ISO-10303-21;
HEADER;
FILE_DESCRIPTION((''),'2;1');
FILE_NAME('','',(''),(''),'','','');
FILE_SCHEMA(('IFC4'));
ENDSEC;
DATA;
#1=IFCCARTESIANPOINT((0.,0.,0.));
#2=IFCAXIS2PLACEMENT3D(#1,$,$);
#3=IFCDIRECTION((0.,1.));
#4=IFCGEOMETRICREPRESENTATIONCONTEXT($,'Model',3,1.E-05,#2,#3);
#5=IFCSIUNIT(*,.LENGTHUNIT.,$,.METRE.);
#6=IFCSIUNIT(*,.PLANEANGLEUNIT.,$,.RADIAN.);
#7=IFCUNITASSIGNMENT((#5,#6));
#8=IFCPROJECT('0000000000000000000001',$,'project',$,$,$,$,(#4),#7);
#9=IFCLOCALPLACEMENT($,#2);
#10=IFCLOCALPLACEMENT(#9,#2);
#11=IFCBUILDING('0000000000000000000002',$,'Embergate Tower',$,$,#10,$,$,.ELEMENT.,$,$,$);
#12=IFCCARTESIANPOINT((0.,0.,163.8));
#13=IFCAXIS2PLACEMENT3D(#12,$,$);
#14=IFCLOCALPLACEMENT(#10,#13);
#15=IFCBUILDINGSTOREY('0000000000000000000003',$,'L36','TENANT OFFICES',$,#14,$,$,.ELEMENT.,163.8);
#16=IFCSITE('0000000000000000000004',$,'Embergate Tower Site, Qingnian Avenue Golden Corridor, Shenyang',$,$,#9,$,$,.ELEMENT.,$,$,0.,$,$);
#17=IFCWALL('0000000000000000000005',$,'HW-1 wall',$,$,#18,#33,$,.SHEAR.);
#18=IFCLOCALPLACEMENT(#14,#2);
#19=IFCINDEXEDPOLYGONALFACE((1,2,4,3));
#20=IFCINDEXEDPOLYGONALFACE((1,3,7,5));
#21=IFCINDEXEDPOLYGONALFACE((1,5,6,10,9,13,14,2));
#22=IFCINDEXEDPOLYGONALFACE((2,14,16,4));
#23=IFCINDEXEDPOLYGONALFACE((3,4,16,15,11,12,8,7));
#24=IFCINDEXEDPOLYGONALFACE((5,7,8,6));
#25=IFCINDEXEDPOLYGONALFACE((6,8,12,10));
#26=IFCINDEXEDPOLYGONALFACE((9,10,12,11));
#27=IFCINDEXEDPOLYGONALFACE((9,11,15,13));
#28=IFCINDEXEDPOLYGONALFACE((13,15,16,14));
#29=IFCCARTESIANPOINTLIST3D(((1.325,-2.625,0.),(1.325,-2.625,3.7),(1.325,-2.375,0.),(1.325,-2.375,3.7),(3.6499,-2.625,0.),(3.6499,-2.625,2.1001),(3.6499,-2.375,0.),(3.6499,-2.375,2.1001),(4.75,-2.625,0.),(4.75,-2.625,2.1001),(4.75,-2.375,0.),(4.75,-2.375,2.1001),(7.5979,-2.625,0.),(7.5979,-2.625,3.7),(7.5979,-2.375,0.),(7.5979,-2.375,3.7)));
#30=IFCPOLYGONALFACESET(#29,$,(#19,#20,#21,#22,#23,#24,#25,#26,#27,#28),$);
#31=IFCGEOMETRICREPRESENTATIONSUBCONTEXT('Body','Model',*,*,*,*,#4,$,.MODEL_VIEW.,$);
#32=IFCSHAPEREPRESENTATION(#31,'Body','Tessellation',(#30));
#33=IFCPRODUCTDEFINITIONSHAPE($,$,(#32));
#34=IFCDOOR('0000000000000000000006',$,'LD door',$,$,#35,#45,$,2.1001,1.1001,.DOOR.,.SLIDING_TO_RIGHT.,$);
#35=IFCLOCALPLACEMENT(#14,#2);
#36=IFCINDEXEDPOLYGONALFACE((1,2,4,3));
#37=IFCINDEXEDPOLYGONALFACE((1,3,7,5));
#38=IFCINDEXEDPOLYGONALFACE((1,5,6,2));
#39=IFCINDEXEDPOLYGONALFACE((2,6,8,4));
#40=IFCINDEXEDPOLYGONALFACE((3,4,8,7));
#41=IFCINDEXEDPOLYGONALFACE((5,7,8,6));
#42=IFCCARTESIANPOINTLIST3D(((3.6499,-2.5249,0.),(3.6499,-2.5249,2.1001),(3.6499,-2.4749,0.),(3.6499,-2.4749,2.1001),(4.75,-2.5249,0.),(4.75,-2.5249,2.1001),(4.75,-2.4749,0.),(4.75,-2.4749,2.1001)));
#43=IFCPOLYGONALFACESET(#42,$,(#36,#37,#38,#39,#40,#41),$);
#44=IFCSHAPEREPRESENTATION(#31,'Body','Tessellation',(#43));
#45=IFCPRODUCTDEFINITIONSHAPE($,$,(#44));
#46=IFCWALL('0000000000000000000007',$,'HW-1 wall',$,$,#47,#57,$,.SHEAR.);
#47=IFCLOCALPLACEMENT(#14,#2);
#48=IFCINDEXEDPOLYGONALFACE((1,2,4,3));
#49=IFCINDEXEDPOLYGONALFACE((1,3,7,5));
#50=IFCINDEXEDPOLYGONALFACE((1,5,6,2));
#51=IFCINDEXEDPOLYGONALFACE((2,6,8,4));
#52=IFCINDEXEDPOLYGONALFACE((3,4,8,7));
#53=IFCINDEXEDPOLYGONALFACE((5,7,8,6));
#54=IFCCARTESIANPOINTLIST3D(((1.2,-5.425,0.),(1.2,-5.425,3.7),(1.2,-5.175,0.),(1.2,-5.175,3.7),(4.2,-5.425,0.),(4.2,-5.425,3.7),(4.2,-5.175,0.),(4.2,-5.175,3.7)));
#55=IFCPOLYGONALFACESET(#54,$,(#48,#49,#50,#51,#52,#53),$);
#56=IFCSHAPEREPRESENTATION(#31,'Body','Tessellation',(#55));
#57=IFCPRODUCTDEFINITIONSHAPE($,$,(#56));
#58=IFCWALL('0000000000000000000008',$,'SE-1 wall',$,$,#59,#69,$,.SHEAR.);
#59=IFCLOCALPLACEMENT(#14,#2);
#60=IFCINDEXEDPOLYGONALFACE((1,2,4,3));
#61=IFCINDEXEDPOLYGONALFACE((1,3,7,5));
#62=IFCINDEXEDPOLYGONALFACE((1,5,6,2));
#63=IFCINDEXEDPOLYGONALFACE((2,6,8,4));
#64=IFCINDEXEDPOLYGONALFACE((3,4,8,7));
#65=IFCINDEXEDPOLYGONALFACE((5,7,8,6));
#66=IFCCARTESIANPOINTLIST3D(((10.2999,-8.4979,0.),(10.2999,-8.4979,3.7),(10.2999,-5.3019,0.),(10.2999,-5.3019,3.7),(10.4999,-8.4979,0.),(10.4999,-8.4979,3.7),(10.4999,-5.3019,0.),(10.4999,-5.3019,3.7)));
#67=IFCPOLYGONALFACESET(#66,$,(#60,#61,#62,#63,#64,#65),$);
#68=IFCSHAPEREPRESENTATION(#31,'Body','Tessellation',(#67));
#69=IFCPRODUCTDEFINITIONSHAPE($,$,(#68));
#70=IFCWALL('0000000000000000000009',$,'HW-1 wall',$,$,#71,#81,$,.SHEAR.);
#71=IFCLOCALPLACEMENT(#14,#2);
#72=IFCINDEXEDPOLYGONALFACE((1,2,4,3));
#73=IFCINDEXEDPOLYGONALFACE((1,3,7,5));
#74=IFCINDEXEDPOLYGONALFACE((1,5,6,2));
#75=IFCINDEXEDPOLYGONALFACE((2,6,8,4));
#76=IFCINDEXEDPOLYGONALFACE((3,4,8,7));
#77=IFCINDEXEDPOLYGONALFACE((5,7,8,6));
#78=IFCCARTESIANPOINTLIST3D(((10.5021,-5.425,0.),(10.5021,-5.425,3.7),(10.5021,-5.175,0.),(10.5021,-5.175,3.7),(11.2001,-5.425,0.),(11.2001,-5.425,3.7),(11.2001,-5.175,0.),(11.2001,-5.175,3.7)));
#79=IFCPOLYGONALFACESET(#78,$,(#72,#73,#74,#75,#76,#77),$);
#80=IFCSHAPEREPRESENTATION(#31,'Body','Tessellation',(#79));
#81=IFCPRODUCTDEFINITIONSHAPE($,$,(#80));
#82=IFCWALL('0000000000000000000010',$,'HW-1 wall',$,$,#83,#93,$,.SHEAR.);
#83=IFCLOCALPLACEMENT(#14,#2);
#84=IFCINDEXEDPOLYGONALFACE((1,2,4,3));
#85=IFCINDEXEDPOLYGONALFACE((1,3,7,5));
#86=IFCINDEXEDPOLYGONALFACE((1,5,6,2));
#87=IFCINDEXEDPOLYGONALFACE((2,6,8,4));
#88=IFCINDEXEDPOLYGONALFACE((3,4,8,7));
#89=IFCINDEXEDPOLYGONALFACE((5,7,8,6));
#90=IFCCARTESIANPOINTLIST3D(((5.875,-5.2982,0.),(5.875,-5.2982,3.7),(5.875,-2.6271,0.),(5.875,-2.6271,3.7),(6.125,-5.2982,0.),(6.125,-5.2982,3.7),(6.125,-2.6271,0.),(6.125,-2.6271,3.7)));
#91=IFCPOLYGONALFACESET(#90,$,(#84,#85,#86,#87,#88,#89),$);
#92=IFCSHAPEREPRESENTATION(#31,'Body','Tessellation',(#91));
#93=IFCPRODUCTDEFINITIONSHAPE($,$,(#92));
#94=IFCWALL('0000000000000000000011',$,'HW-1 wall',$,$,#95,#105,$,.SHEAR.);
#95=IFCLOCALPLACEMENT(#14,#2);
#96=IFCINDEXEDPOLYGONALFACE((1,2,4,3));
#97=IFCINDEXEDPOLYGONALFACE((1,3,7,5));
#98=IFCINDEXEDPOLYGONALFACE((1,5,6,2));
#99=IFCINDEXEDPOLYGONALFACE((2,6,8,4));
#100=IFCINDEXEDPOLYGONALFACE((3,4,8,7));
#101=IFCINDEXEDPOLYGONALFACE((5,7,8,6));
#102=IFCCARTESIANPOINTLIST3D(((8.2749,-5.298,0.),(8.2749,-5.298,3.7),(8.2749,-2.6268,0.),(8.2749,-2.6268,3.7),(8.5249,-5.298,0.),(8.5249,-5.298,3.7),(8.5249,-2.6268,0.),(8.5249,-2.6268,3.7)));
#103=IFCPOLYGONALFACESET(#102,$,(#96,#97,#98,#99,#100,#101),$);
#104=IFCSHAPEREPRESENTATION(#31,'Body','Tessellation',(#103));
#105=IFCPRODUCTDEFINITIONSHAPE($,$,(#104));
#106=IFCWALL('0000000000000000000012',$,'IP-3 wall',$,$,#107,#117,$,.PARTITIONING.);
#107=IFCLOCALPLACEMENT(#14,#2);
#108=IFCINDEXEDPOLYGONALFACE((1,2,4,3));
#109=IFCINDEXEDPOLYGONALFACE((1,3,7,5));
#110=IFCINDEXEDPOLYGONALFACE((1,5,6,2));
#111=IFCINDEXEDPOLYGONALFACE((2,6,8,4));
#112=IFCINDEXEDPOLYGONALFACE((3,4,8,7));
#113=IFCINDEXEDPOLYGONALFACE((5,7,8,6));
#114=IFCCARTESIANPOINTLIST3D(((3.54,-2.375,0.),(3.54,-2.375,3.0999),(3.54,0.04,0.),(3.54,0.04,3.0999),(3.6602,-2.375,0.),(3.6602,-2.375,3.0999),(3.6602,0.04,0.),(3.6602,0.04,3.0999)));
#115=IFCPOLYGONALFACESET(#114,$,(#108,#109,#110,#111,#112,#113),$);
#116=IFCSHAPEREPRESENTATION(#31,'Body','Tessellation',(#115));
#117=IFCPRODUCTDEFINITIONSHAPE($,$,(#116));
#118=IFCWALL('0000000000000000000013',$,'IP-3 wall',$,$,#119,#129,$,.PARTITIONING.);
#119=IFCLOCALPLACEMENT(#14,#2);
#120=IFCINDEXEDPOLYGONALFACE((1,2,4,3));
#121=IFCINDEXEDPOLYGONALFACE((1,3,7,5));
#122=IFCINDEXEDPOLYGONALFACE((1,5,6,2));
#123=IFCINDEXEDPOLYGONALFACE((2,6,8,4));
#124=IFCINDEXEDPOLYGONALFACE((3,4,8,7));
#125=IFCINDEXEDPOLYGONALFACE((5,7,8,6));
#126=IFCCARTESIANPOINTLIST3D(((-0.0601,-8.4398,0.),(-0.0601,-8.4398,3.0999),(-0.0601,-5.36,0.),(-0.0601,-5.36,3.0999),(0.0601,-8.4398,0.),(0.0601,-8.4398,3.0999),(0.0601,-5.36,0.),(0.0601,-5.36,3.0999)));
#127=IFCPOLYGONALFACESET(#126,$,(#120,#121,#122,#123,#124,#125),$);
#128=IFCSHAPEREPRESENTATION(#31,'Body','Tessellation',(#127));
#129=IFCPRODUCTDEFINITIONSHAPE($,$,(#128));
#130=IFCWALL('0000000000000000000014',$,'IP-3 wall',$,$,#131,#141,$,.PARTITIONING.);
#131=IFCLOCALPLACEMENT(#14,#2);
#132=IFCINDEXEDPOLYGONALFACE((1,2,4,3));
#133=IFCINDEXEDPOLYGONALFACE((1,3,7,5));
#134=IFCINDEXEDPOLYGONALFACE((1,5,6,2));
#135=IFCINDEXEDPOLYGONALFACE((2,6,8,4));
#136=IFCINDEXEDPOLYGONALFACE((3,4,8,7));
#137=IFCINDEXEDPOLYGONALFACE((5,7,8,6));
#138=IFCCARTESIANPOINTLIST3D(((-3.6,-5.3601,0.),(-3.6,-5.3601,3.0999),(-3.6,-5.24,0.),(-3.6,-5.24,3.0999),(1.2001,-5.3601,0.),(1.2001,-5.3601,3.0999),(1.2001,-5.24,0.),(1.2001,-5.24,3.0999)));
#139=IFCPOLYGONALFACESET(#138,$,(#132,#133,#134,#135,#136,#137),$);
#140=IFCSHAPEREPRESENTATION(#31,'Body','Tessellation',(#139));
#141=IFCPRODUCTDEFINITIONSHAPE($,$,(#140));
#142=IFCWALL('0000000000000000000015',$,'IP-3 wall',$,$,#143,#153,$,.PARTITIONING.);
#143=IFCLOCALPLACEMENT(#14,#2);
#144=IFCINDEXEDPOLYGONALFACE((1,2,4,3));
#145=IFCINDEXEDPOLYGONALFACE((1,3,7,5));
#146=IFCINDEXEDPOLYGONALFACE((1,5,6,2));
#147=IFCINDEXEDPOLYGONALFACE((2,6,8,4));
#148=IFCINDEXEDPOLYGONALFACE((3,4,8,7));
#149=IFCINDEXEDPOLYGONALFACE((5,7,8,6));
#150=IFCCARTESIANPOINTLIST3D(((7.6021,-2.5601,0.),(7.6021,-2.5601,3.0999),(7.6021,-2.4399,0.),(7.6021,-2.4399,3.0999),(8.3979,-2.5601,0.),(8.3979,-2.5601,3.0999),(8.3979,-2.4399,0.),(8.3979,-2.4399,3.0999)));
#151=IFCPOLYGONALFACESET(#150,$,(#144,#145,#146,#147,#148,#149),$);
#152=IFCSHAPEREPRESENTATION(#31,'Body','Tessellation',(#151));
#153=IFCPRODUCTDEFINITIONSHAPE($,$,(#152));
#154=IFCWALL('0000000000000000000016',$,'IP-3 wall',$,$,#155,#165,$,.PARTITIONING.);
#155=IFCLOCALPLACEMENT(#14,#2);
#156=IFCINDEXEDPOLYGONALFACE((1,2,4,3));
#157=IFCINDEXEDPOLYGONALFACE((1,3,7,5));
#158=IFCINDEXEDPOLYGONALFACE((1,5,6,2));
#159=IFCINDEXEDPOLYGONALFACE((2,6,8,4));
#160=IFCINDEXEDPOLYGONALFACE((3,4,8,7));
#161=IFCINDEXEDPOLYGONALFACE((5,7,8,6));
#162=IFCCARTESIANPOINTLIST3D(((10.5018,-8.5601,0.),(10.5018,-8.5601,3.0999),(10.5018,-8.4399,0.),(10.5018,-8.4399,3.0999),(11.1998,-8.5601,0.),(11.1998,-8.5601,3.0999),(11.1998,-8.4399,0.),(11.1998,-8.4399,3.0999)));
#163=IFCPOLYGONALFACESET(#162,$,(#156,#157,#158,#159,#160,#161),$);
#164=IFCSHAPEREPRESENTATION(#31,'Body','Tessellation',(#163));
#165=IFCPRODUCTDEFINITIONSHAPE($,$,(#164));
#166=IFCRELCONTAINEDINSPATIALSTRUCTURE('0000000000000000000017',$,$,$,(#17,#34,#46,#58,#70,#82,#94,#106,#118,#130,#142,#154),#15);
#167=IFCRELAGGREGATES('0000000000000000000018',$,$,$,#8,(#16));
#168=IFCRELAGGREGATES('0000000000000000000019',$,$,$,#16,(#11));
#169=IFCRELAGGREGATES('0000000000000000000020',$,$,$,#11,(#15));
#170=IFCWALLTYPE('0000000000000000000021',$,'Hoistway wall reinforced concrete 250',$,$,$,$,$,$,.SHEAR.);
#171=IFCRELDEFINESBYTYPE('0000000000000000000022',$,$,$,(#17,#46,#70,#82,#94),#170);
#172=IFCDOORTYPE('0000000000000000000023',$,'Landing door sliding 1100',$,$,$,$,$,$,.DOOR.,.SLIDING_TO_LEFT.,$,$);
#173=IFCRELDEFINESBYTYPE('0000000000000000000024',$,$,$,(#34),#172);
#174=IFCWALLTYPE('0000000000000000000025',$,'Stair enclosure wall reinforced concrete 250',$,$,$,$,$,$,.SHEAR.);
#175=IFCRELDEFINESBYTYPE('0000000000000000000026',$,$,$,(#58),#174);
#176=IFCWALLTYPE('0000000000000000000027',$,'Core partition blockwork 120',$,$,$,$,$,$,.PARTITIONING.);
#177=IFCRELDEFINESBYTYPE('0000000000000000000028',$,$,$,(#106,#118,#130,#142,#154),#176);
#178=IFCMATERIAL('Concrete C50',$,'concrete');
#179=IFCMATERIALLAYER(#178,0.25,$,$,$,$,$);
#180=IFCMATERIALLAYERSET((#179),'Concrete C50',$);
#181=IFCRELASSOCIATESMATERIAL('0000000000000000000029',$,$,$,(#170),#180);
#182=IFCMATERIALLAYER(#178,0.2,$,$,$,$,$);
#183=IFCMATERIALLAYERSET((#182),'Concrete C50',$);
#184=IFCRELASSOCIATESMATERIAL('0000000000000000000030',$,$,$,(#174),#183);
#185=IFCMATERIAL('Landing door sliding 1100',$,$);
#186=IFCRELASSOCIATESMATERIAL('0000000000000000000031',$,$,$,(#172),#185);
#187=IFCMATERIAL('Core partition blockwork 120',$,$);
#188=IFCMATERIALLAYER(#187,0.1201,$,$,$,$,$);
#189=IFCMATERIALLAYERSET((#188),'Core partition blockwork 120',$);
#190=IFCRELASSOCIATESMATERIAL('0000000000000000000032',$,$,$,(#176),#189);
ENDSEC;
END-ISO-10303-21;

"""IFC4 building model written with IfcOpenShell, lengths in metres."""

from ifc_helpers import new_model, si_unit, direction, frame, frame_2d, origin, place, context, subcontext, project, spatial, rectangle, extrude, source, transform, mapped, material, layer, layer_set, type_object, element, fill, save


model = new_model("IFC4")

# Units and contexts
model_context = context("Model", 3, precision=1e-05, world=origin(), true_north=direction((0.0, 1.0)))
body_context = subcontext(model_context, "Body", "Model", "MODEL_VIEW")
ifc_project = project(units=[si_unit("LENGTHUNIT", "METRE"), si_unit("PLANEANGLEUNIT", "RADIAN")], contexts=[model_context])

# Site, building, storey
site_placement = place(None, origin())
site = spatial("IfcSite", under=ifc_project, at=site_placement, Name="Embergate Tower Site, Qingnian Avenue Golden Corridor, Shenyang", CompositionType="ELEMENT", RefElevation=0.0)
building_placement = place(site_placement, origin())
building = spatial("IfcBuilding", under=site, at=building_placement, Name="Embergate Tower", CompositionType="ELEMENT")
storey_placement = place(building_placement, frame((0.0, 0.0, 163.8)))
storey = spatial("IfcBuildingStorey", under=building, at=storey_placement, Name="L36", Description="TENANT OFFICES", CompositionType="ELEMENT", Elevation=163.8)

# Shared definitions
ifc_material_1 = material(Name="Concrete C50", Category="concrete")
ifc_layer_1 = layer(ifc_material_1, 0.25)
ifc_layer_set_1 = layer_set([ifc_layer_1], Name="Concrete C50")
wall_type_1 = type_object("IfcWallType", Name="Hoistway wall reinforced concrete 250", PredefinedType="SHEAR", material=ifc_layer_set_1)
ifc_layer_2 = layer(ifc_material_1, 0.2)
ifc_layer_set_2 = layer_set([ifc_layer_2], Name="Concrete C50")
wall_type_2 = type_object("IfcWallType", Name="Stair enclosure wall reinforced concrete 250", PredefinedType="SHEAR", material=ifc_layer_set_2)

# Wall, opening, door
shared_shape_1 = source(origin(), body_context, "Body", "SweptSolid", [
    extrude(rectangle(XDim=1.1001, YDim=2.1001, at=frame_2d((0.55, 1.05))), frame((0.0, 0.135, 0.0), z_axis=(0.0, -1.0, 0.0), x_axis=(1.0, 0.0, 0.0)), (0.0, 0.0, 1.0), 0.27),
])
ifc_material_2 = material(Name="Landing door sliding 1100")
door_type_1 = type_object("IfcDoorType", Name="Landing door sliding 1100", OperationType="SLIDING_TO_LEFT", PredefinedType="DOOR", material=ifc_material_2)
shared_shape_2 = source(origin(), body_context, "Body", "SweptSolid", [
    extrude(rectangle(XDim=1.1001, YDim=2.1001, at=frame_2d((0.55, 1.05))), frame((0.0, 0.0249, 0.0), z_axis=(0.0, -1.0, 0.0), x_axis=(1.0, 0.0, 0.0)), (0.0, 0.0, 1.0), 0.05),
])
shared_shape_3 = source(origin(), body_context, "Body", "SweptSolid", [
    extrude(rectangle(XDim=6.2729, YDim=0.25, at=frame_2d((3.1365, 0.0))), origin(), (0.0, 0.0, 1.0), 3.7),
])
wall_1_placement = place(storey_placement, frame((7.5979, -2.5, 0.0), z_axis=(0.0, 0.0, 1.0), x_axis=(-1.0, 0.0, 0.0)))
wall_1 = element("IfcWall", 1, at=wall_1_placement, inside=storey, type_object=wall_type_1, Name="HW-1 wall", PredefinedType="SHEAR", context=body_context, shape_type="MappedRepresentation", body=[
    mapped(shared_shape_3, transform((0.0, 0.0, 0.0))),
])
opening_1_placement = place(wall_1_placement, frame((2.8479, 0.0, 0.0)))
opening_1 = element("IfcOpeningElement", 2, at=opening_1_placement, cuts=wall_1, PredefinedType="OPENING", context=body_context, shape_type="MappedRepresentation", body=[
    mapped(shared_shape_1, transform((0.0, 0.0, 0.0))),
])
door_1_placement = place(opening_1_placement, origin())
door_1 = element("IfcDoor", 3, at=door_1_placement, inside=storey, type_object=door_type_1, Name="LD door", OperationType="SLIDING_TO_RIGHT", OverallHeight=2.1001, OverallWidth=1.1001, PredefinedType="DOOR", context=body_context, shape_type="MappedRepresentation", body=[
    mapped(shared_shape_2, transform((0.0, 0.0, 0.0))),
])
fill(opening_1, door_1)

# Walls
shared_shape_4 = source(origin(), body_context, "Body", "SweptSolid", [
    extrude(rectangle(XDim=3.0, YDim=0.25, at=frame_2d((1.5, 0.0))), origin(), (0.0, 0.0, 1.0), 3.7),
])
wall_2_placement = place(storey_placement, frame((1.2, -5.3, 0.0), z_axis=(0.0, 0.0, 1.0), x_axis=(1.0, 0.0, 0.0)))
element("IfcWall", 4, at=wall_2_placement, inside=storey, type_object=wall_type_1, Name="HW-1 wall", PredefinedType="SHEAR", context=body_context, shape_type="MappedRepresentation", body=[
    mapped(shared_shape_4, transform((0.0, 0.0, 0.0))),
])
shared_shape_5 = source(origin(), body_context, "Body", "SweptSolid", [
    extrude(rectangle(XDim=3.196, YDim=0.2, at=frame_2d((1.5981, 0.0))), origin(), (0.0, 0.0, 1.0), 3.7),
])
wall_3_placement = place(storey_placement, frame((10.3999, -8.498, 0.0), z_axis=(0.0, 0.0, 1.0), x_axis=(0.0, 1.0, 0.0)))
element("IfcWall", 5, at=wall_3_placement, inside=storey, type_object=wall_type_2, Name="SE-1 wall", PredefinedType="SHEAR", context=body_context, shape_type="MappedRepresentation", body=[
    mapped(shared_shape_5, transform((0.0, 0.0, 0.0))),
])
shared_shape_6 = source(origin(), body_context, "Body", "SweptSolid", [
    extrude(rectangle(XDim=0.698, YDim=0.25, at=frame_2d((0.3491, 0.0))), origin(), (0.0, 0.0, 1.0), 3.7),
])
wall_4_placement = place(storey_placement, frame((10.502, -5.3, 0.0), z_axis=(0.0, 0.0, 1.0), x_axis=(1.0, 0.0, 0.0)))
element("IfcWall", 6, at=wall_4_placement, inside=storey, type_object=wall_type_1, Name="HW-1 wall", PredefinedType="SHEAR", context=body_context, shape_type="MappedRepresentation", body=[
    mapped(shared_shape_6, transform((0.0, 0.0, 0.0))),
])
shared_shape_7 = source(origin(), body_context, "Body", "SweptSolid", [
    extrude(rectangle(XDim=2.6711, YDim=0.25, at=frame_2d((1.3354, 0.0))), origin(), (0.0, 0.0, 1.0), 3.7),
])
for number, where, z_axis, x_axis, name in (
    (7, (6.0, -5.2981, 0.0), (0.0, 0.0, 1.0), (0.0, 1.0, 0.0), "HW-1 wall"),
    (8, (8.3999, -2.627, 0.0), (0.0, 0.0, 1.0), (0.0, -1.0, 0.0), "HW-1 wall"),
):
    element("IfcWall", number, at=place(storey_placement, frame(where, z_axis=z_axis, x_axis=x_axis)), inside=storey, type_object=wall_type_1, Name=name, PredefinedType="SHEAR", context=body_context, shape_type="MappedRepresentation", body=[
        mapped(shared_shape_7, transform((0.0, 0.0, 0.0))),
    ])
ifc_material_3 = material(Name="Core partition blockwork 120")
ifc_layer_3 = layer(ifc_material_3, 0.1201)
ifc_layer_set_3 = layer_set([ifc_layer_3], Name="Core partition blockwork 120")
wall_type_3 = type_object("IfcWallType", Name="Core partition blockwork 120", PredefinedType="PARTITIONING", material=ifc_layer_set_3)
shared_shape_8 = source(origin(), body_context, "Body", "SweptSolid", [
    extrude(rectangle(XDim=2.415, YDim=0.1201, at=frame_2d((1.2075, 0.0))), origin(), (0.0, 0.0, 1.0), 3.0999),
])
wall_5_placement = place(storey_placement, frame((3.6001, -2.375, 0.0), z_axis=(0.0, 0.0, 1.0), x_axis=(0.0, 1.0, 0.0)))
element("IfcWall", 9, at=wall_5_placement, inside=storey, type_object=wall_type_3, Name="IP-3 wall", PredefinedType="PARTITIONING", context=body_context, shape_type="MappedRepresentation", body=[
    mapped(shared_shape_8, transform((0.0, 0.0, 0.0))),
])
shared_shape_9 = source(origin(), body_context, "Body", "SweptSolid", [
    extrude(rectangle(XDim=3.0798, YDim=0.1201, at=frame_2d((1.54, 0.0))), origin(), (0.0, 0.0, 1.0), 3.0999),
])
wall_6_placement = place(storey_placement, frame((0.0, -8.4399, 0.0), z_axis=(0.0, 0.0, 1.0), x_axis=(0.0, 1.0, 0.0)))
element("IfcWall", 10, at=wall_6_placement, inside=storey, type_object=wall_type_3, Name="IP-3 wall", PredefinedType="PARTITIONING", context=body_context, shape_type="MappedRepresentation", body=[
    mapped(shared_shape_9, transform((0.0, 0.0, 0.0))),
])
shared_shape_10 = source(origin(), body_context, "Body", "SweptSolid", [
    extrude(rectangle(XDim=4.8, YDim=0.1201, at=frame_2d((2.3999, 0.0))), origin(), (0.0, 0.0, 1.0), 3.0999),
])
wall_7_placement = place(storey_placement, frame((1.2, -5.3, 0.0), z_axis=(0.0, 0.0, 1.0), x_axis=(-1.0, 0.0, 0.0)))
element("IfcWall", 11, at=wall_7_placement, inside=storey, type_object=wall_type_3, Name="IP-3 wall", PredefinedType="PARTITIONING", context=body_context, shape_type="MappedRepresentation", body=[
    mapped(shared_shape_10, transform((0.0, 0.0, 0.0))),
])
shared_shape_11 = source(origin(), body_context, "Body", "SweptSolid", [
    extrude(rectangle(XDim=0.7959, YDim=0.1201, at=frame_2d((0.3979, 0.0))), origin(), (0.0, 0.0, 1.0), 3.0999),
])
wall_8_placement = place(storey_placement, frame((7.6021, -2.5, 0.0), z_axis=(0.0, 0.0, 1.0), x_axis=(1.0, 0.0, 0.0)))
element("IfcWall", 12, at=wall_8_placement, inside=storey, type_object=wall_type_3, Name="IP-3 wall", PredefinedType="PARTITIONING", context=body_context, shape_type="MappedRepresentation", body=[
    mapped(shared_shape_11, transform((0.0, 0.0, 0.0))),
])
shared_shape_12 = source(origin(), body_context, "Body", "SweptSolid", [
    extrude(rectangle(XDim=0.698, YDim=0.1201, at=frame_2d((0.3491, 0.0))), origin(), (0.0, 0.0, 1.0), 3.0999),
])
wall_9_placement = place(storey_placement, frame((11.2, -8.5, 0.0), z_axis=(0.0, 0.0, 1.0), x_axis=(-1.0, 0.0, 0.0)))
element("IfcWall", 13, at=wall_9_placement, inside=storey, type_object=wall_type_3, Name="IP-3 wall", PredefinedType="PARTITIONING", context=body_context, shape_type="MappedRepresentation", body=[
    mapped(shared_shape_12, transform((0.0, 0.0, 0.0))),
])

save(model, "model.ifc")
